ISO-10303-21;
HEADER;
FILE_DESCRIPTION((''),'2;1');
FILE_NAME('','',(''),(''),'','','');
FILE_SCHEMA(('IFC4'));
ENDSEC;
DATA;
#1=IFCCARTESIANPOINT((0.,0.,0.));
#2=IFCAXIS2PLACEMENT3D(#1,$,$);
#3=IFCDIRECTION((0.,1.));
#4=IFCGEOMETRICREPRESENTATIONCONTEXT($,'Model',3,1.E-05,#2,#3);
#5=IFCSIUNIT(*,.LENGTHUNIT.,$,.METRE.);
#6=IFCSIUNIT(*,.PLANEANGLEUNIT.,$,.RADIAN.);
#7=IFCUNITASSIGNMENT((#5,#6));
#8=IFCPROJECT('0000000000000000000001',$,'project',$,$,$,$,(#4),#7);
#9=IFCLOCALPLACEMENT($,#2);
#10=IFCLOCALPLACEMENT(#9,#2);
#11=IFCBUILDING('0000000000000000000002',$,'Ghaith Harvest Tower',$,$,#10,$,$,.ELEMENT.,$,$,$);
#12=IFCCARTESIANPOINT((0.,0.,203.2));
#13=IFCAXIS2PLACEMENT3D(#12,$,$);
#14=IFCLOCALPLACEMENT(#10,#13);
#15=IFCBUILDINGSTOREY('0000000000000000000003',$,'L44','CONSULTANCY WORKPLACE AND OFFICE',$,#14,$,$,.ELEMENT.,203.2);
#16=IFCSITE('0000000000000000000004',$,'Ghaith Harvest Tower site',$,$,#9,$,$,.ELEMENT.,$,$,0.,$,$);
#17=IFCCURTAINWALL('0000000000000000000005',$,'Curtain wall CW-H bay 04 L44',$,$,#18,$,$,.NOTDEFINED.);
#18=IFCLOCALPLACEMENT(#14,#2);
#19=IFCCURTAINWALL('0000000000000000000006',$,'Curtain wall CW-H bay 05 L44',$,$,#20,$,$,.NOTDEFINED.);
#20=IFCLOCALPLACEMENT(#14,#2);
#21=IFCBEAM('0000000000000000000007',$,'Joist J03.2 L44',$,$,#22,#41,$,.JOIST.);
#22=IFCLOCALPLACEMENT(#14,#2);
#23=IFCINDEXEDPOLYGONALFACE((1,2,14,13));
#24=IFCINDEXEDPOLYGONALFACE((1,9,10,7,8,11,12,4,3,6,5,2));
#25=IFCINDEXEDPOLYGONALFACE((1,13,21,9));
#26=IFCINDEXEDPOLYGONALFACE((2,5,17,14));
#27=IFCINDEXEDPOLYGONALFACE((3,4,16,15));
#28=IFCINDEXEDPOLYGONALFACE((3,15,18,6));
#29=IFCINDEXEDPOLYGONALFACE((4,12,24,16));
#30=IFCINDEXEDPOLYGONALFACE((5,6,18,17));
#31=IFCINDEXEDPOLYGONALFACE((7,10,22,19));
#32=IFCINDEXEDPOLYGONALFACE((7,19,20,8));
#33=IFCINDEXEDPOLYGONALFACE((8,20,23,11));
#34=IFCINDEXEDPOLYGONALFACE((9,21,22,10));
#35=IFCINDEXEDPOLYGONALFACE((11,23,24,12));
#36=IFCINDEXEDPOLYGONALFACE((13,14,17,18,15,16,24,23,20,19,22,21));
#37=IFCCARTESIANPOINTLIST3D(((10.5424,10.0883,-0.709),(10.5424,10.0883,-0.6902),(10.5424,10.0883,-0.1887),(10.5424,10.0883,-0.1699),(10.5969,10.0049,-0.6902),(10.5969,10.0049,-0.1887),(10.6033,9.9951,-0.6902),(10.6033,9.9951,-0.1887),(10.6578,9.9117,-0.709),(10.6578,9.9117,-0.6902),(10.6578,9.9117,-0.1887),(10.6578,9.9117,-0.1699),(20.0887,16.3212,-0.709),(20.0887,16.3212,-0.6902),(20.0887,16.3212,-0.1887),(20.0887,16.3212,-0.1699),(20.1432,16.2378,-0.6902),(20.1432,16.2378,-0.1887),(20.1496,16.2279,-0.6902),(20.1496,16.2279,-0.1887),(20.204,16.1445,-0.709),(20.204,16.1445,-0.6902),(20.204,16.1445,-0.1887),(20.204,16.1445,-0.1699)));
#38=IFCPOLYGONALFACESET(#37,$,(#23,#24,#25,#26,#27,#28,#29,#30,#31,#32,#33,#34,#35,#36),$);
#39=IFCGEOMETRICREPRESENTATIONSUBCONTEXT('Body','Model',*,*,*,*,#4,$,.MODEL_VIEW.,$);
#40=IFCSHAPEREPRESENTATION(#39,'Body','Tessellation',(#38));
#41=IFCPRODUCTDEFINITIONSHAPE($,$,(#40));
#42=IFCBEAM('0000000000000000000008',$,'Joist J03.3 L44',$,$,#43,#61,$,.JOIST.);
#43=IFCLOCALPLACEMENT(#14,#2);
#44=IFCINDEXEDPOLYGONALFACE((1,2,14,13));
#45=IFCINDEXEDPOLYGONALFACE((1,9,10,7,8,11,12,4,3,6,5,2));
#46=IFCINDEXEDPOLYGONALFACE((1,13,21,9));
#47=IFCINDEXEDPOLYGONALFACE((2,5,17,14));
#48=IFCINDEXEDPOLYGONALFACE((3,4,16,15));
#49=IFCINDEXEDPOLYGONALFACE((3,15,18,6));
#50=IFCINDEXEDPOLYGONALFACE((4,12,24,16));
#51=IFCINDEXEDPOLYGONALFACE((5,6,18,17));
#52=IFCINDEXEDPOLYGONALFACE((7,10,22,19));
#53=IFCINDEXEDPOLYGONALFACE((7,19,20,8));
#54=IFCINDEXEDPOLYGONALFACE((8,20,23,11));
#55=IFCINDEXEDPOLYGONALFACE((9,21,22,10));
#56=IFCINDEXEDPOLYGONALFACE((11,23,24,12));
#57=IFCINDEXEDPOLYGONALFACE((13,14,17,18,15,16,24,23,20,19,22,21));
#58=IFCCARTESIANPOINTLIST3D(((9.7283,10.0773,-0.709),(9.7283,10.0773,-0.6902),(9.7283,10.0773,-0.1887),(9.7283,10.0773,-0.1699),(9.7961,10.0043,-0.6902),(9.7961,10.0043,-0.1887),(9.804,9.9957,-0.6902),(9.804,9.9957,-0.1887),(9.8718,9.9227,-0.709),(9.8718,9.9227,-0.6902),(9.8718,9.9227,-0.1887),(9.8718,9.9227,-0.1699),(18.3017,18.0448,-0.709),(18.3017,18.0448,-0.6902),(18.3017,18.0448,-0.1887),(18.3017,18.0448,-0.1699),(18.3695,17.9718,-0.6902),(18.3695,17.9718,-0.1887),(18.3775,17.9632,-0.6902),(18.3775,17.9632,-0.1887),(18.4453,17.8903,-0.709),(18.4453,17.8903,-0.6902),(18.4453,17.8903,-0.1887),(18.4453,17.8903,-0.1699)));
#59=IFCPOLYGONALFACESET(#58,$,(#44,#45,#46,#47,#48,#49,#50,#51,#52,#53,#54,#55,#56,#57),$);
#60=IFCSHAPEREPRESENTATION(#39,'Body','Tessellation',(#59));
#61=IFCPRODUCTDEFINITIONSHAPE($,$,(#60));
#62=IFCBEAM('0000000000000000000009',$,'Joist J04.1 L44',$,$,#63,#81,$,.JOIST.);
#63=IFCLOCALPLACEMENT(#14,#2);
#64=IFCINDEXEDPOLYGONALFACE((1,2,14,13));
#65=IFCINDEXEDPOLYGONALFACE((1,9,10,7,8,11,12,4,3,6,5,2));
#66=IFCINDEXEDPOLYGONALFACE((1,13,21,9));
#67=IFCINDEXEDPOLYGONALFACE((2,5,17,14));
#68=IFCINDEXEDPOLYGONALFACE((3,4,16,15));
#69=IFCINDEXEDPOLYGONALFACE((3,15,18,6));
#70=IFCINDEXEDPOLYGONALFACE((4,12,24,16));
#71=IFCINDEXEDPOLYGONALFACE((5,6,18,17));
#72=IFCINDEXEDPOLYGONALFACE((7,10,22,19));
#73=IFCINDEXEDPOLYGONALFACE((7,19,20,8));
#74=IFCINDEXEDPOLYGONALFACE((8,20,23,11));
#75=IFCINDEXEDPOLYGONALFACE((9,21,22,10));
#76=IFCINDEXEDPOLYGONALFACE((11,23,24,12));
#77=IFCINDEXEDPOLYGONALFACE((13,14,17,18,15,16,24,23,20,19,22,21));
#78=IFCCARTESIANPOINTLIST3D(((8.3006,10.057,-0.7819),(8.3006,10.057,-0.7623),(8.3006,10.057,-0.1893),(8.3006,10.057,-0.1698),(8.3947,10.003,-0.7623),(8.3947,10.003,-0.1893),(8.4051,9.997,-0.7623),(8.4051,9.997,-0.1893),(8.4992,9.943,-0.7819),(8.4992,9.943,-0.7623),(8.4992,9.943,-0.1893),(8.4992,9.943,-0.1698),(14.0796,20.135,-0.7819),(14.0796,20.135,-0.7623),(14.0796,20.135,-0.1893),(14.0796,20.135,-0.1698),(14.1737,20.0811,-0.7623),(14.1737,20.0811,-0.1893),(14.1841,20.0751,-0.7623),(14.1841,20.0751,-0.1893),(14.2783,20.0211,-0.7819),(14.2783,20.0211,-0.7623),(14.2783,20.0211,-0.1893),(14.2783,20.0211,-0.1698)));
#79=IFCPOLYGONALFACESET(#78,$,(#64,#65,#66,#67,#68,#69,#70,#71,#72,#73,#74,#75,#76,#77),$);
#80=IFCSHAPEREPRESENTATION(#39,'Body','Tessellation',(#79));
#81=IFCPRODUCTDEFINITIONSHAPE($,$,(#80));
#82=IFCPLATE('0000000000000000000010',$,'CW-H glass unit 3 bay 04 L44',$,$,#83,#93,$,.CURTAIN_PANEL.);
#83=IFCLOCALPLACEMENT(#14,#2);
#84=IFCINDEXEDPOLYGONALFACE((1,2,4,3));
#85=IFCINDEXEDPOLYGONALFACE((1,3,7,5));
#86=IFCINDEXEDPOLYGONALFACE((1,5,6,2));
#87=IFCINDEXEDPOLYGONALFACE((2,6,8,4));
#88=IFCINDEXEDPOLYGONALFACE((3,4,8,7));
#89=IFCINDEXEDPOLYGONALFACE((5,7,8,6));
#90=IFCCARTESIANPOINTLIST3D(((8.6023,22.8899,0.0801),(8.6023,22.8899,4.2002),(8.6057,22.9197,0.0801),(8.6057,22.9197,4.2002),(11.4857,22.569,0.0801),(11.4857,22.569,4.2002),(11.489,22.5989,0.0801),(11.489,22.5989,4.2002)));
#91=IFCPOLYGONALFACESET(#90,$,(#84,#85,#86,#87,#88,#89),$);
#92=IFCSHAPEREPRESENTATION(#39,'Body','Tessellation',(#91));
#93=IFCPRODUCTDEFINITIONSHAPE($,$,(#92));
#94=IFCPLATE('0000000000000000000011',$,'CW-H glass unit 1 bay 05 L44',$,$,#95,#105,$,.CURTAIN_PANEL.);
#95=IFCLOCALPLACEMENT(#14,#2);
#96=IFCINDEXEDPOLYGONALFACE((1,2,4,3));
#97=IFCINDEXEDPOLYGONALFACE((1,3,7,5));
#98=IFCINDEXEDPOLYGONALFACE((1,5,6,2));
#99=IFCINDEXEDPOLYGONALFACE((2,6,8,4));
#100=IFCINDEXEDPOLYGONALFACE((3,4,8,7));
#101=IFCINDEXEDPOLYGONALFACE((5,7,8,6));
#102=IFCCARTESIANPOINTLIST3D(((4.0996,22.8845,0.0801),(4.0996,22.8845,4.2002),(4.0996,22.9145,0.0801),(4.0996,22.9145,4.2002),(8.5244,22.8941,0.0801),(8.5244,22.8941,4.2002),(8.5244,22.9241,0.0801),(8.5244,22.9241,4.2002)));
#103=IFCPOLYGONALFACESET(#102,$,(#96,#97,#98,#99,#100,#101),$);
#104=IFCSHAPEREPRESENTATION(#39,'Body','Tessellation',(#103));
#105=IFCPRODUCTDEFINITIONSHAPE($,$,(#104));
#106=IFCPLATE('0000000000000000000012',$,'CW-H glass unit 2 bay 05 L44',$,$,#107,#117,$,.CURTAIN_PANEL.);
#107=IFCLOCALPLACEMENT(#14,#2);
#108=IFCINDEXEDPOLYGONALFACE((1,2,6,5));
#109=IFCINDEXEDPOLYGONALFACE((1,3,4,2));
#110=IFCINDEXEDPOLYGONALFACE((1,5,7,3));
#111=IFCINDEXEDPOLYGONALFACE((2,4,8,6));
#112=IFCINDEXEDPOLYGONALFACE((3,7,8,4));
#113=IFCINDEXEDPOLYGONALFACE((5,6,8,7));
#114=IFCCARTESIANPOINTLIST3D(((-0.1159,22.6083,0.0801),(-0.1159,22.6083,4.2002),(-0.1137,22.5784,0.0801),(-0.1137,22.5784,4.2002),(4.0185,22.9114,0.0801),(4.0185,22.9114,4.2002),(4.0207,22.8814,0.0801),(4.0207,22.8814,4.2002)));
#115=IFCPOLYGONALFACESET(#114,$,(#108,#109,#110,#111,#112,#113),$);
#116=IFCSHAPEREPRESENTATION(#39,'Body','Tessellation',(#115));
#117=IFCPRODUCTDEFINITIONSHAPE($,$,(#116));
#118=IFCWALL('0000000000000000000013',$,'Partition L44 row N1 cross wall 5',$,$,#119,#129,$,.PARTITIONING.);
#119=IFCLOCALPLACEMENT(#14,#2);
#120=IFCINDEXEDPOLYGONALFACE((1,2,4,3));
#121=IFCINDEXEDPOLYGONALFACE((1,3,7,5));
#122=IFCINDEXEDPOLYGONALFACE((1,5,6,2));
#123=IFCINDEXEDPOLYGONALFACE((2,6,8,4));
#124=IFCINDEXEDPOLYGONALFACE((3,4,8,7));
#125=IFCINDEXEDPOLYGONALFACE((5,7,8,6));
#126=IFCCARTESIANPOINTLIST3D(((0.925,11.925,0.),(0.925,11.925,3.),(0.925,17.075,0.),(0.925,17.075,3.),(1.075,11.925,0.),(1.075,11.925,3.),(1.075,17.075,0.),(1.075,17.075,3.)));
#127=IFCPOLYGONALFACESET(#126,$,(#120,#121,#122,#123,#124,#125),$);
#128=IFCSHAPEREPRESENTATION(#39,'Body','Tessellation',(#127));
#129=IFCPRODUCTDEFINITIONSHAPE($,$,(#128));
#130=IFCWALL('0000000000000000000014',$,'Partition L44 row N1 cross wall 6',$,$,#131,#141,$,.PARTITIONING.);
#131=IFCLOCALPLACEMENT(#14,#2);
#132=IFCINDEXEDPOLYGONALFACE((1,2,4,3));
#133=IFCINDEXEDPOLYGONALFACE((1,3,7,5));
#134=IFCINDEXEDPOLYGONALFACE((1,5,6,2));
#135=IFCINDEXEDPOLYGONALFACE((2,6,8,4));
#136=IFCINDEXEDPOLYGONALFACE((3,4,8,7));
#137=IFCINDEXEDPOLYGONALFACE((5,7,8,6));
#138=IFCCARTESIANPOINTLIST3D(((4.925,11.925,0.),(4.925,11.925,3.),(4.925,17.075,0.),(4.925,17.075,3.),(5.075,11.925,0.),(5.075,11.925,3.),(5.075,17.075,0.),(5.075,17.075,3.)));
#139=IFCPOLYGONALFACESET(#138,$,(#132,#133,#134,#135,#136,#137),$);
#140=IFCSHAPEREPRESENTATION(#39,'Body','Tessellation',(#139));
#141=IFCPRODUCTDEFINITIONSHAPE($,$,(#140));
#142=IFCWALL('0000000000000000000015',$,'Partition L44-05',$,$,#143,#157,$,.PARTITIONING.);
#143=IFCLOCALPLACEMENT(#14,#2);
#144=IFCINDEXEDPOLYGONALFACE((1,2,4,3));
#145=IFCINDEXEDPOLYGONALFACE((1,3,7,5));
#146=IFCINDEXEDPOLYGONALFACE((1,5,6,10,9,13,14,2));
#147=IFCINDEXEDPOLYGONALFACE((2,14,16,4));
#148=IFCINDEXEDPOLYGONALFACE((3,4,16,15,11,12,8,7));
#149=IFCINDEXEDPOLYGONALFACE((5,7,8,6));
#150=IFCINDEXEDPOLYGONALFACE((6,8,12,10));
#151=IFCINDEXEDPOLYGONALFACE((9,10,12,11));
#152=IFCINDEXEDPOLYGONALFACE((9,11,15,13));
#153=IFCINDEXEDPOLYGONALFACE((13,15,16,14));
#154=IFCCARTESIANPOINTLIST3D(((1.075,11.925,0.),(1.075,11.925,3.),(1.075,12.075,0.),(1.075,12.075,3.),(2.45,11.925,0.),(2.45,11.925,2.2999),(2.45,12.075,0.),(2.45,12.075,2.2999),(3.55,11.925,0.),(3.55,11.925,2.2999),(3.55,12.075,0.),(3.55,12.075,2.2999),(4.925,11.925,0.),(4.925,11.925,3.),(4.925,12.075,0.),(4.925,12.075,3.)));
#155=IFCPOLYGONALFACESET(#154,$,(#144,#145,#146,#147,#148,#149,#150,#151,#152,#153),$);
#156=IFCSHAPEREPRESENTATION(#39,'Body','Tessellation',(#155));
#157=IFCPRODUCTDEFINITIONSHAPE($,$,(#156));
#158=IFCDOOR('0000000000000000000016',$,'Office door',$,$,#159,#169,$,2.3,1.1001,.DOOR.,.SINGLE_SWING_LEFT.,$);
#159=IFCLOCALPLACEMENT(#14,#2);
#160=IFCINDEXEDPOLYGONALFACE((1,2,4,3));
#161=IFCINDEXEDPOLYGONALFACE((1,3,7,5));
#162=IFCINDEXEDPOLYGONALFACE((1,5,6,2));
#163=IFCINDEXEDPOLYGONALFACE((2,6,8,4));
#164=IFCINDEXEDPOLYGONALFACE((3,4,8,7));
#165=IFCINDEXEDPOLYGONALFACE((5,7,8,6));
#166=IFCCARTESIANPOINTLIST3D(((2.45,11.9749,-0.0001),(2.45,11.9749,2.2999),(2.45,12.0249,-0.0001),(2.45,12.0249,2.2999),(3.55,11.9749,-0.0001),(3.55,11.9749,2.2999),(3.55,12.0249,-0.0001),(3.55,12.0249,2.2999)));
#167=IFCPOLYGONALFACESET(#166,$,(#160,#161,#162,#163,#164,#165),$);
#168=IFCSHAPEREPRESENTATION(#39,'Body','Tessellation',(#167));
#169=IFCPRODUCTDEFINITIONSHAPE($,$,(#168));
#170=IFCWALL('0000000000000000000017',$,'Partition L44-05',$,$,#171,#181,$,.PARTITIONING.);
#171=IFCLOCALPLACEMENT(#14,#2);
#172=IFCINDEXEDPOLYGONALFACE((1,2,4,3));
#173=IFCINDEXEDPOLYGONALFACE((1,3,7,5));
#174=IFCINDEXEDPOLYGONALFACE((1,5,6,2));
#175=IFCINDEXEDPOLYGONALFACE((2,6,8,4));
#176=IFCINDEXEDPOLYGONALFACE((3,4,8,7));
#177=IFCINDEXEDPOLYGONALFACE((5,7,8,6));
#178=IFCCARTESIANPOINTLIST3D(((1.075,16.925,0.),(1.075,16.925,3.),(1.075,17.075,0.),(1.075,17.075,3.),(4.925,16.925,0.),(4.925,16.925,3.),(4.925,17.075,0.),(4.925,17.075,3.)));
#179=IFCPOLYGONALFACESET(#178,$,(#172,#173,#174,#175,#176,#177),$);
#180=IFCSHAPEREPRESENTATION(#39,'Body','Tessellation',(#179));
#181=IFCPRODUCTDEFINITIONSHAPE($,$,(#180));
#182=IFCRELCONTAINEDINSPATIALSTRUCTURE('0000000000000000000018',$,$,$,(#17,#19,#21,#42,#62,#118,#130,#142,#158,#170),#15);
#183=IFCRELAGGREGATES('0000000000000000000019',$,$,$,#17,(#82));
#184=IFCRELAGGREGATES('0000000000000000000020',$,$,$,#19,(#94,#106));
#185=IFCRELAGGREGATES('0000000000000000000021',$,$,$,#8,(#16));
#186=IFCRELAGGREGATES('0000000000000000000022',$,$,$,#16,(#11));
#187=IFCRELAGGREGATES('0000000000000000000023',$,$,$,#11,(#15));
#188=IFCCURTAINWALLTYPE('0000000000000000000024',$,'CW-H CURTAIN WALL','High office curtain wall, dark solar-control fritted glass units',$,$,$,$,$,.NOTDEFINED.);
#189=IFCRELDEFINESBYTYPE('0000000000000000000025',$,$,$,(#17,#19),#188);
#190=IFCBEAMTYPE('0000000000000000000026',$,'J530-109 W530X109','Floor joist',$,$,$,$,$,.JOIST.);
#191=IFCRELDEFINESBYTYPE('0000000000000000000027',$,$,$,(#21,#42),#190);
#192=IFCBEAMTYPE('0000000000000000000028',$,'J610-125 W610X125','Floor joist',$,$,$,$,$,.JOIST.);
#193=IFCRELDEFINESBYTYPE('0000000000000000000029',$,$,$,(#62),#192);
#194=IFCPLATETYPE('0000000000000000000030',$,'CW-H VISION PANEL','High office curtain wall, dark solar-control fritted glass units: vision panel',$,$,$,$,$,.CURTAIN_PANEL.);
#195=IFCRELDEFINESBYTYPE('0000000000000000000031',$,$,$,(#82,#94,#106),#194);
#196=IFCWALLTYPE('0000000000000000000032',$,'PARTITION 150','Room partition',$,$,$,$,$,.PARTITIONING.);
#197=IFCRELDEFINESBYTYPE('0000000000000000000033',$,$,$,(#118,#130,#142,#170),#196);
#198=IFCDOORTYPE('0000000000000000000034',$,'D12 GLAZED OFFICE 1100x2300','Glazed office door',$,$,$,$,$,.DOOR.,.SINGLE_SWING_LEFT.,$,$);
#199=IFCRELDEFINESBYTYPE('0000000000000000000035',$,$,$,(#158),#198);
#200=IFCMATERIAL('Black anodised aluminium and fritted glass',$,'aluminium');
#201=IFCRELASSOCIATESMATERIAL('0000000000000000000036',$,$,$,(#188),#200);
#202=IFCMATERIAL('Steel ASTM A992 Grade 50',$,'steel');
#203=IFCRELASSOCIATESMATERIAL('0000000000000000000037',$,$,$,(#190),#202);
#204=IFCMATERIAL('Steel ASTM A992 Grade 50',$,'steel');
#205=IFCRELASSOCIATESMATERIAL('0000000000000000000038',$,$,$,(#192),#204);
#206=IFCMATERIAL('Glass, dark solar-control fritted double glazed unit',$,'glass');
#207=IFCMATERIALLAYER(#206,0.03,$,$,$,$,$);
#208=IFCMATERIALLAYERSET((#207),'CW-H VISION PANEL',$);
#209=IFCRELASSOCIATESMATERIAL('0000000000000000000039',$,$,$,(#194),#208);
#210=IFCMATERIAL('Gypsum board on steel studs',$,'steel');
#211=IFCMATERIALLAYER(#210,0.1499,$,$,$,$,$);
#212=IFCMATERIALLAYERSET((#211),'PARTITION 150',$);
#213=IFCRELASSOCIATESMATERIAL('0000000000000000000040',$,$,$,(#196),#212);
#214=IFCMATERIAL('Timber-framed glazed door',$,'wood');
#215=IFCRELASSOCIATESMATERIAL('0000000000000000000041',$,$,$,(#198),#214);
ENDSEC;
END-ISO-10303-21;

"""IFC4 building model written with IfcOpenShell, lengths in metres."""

from ifc_helpers import new_model, si_unit, direction, frame, frame_2d, origin, origin_2d, place, context, subcontext, project, spatial, rectangle, i_section, extrude, material, layer, layer_set, material_profile, profile_set, type_object, element, fill, aggregate, save


model = new_model("IFC4")

# Units and contexts
model_context = context("Model", 3, precision=1e-05, world=origin(), true_north=direction((0.0, 1.0)))
body_context = subcontext(model_context, "Body", "Model", "MODEL_VIEW")
ifc_project = project(units=[si_unit("LENGTHUNIT", "METRE"), si_unit("PLANEANGLEUNIT", "RADIAN")], contexts=[model_context])

# Site, building, storey
site_placement = place(None, origin())
site = spatial("IfcSite", under=ifc_project, at=site_placement, Name="Ghaith Harvest Tower site", CompositionType="ELEMENT", RefElevation=0.0)
building_placement = place(site_placement, origin())
building = spatial("IfcBuilding", under=site, at=building_placement, Name="Ghaith Harvest Tower", CompositionType="ELEMENT")
storey_placement = place(building_placement, frame((0.0, 0.0, 203.2)))
storey = spatial("IfcBuildingStorey", under=building, at=storey_placement, Name="L44", Description="CONSULTANCY WORKPLACE AND OFFICE", CompositionType="ELEMENT", Elevation=203.2)

# Curtain wall
ifc_material_1 = material(Name="Black anodised aluminium and fritted glass", Category="aluminium")
curtain_wall_type = type_object("IfcCurtainWallType", Name="CW-H CURTAIN WALL", Description="High office curtain wall, dark solar-control fritted glass units", PredefinedType="NOTDEFINED", material=ifc_material_1)
curtain_wall_1_placement = place(storey_placement, origin())
curtain_wall_1 = element("IfcCurtainWall", 1, at=curtain_wall_1_placement, inside=storey, type_object=curtain_wall_type, Name="Curtain wall CW-H bay 04 L44", PredefinedType="NOTDEFINED")

# Curtain wall
curtain_wall_2_placement = place(storey_placement, origin())
curtain_wall_2 = element("IfcCurtainWall", 2, at=curtain_wall_2_placement, inside=storey, type_object=curtain_wall_type, Name="Curtain wall CW-H bay 05 L44", PredefinedType="NOTDEFINED")

# Beams
ifc_material_2 = material(Name="Steel ASTM A992 Grade 50", Category="steel")
ifc_material_profile_1 = material_profile(ifc_material_2, i_section(OverallWidth=0.2109, OverallDepth=0.5391, WebThickness=0.0117, FlangeThickness=0.0188, at=origin_2d()), Name="W530X109")
ifc_profile_set_1 = profile_set([ifc_material_profile_1], Name="Steel ASTM A992 Grade 50")
beam_type_1 = type_object("IfcBeamType", Name="J530-109 W530X109", Description="Floor joist", PredefinedType="JOIST", material=ifc_profile_set_1)
beam_1_placement = place(storey_placement, frame((10.6001, 10.0, -0.4395), z_axis=(0.837329, 0.546699, 0.0), x_axis=(-0.546699, 0.837329, 0.0)))
element("IfcBeam", 3, at=beam_1_placement, inside=storey, type_object=beam_type_1, Name="Joist J03.2 L44", PredefinedType="JOIST", context=body_context, shape_type="SweptSolid", body=[
    extrude(i_section(OverallWidth=0.2109, OverallDepth=0.5391, WebThickness=0.0117, FlangeThickness=0.0188, at=origin_2d()), origin(), (0.0, 0.0, 1.0), 11.4009),
])
beam_2_placement = place(storey_placement, frame((9.8, 10.0, -0.4395), z_axis=(0.732519, 0.680746, 0.0), x_axis=(-0.680746, 0.732519, 0.0)))
element("IfcBeam", 4, at=beam_2_placement, inside=storey, type_object=beam_type_1, Name="Joist J03.3 L44", PredefinedType="JOIST", context=body_context, shape_type="SweptSolid", body=[
    extrude(i_section(OverallWidth=0.2109, OverallDepth=0.5391, WebThickness=0.0117, FlangeThickness=0.0188, at=origin_2d()), origin(), (0.0, 0.0, 1.0), 11.7041),
])
ifc_material_3 = material(Name="Steel ASTM A992 Grade 50", Category="steel")
ifc_material_profile_2 = material_profile(ifc_material_3, i_section(OverallWidth=0.229, OverallDepth=0.6121, WebThickness=0.012, FlangeThickness=0.0195, at=origin_2d()), Name="W610X125")
ifc_profile_set_2 = profile_set([ifc_material_profile_2], Name="Steel ASTM A992 Grade 50")
beam_type_2 = type_object("IfcBeamType", Name="J610-125 W610X125", Description="Floor joist", PredefinedType="JOIST", material=ifc_profile_set_2)
beam_3_placement = place(storey_placement, frame((8.3999, 10.0, -0.4758), z_axis=(0.497444, 0.867496, 0.0), x_axis=(-0.867496, 0.497444, 0.0)))
element("IfcBeam", 5, at=beam_3_placement, inside=storey, type_object=beam_type_2, Name="Joist J04.1 L44", PredefinedType="JOIST", context=body_context, shape_type="SweptSolid", body=[
    extrude(i_section(OverallWidth=0.229, OverallDepth=0.6121, WebThickness=0.012, FlangeThickness=0.0195, at=origin_2d()), origin(), (0.0, 0.0, 1.0), 11.6174),
])

# Plates
ifc_material_4 = material(Name="Glass, dark solar-control fritted double glazed unit", Category="glass")
ifc_layer_1 = layer(ifc_material_4, 0.03)
ifc_layer_set_1 = layer_set([ifc_layer_1], Name="CW-H VISION PANEL")
plate_type = type_object("IfcPlateType", Name="CW-H VISION PANEL", Description="High office curtain wall, dark solar-control fritted glass units: vision panel", PredefinedType="CURTAIN_PANEL", material=ifc_layer_set_1)
plate_1_placement = place(storey_placement, frame((10.0457, 22.7444, 0.0801), z_axis=(0.0, 0.0, 1.0), x_axis=(-0.993865, 0.110598, 0.0)))
plate_1 = element("IfcPlate", 6, at=plate_1_placement, type_object=plate_type, Name="CW-H glass unit 3 bay 04 L44", PredefinedType="CURTAIN_PANEL", context=body_context, shape_type="SweptSolid", body=[
    extrude(rectangle(XDim=2.9011, YDim=0.03, at=origin_2d()), origin(), (0.0, 0.0, 1.0), 4.1201),
])
aggregate(curtain_wall_1, [plate_1])
plate_2_placement = place(storey_placement, frame((6.312, 22.9043, 0.0801), z_axis=(0.0, 0.0, 1.0), x_axis=(-0.999998, -0.002171, 0.0)))
plate_2 = element("IfcPlate", 7, at=plate_2_placement, type_object=plate_type, Name="CW-H glass unit 1 bay 05 L44", PredefinedType="CURTAIN_PANEL", context=body_context, shape_type="SweptSolid", body=[
    extrude(rectangle(XDim=4.4248, YDim=0.03, at=origin_2d()), origin(), (0.0, 0.0, 1.0), 4.1201),
])
plate_3_placement = place(storey_placement, frame((1.9524, 22.7449, 0.0801), z_axis=(0.0, 0.0, 1.0), x_axis=(-0.997325, -0.073101, 0.0)))
plate_3 = element("IfcPlate", 8, at=plate_3_placement, type_object=plate_type, Name="CW-H glass unit 2 bay 05 L44", PredefinedType="CURTAIN_PANEL", context=body_context, shape_type="SweptSolid", body=[
    extrude(rectangle(XDim=4.1455, YDim=0.03, at=origin_2d()), origin(), (0.0, 0.0, 1.0), 4.1201),
])
aggregate(curtain_wall_2, [plate_2, plate_3])

# Walls
ifc_material_5 = material(Name="Gypsum board on steel studs", Category="steel")
ifc_layer_2 = layer(ifc_material_5, 0.1499)
ifc_layer_set_2 = layer_set([ifc_layer_2], Name="PARTITION 150")
wall_type = type_object("IfcWallType", Name="PARTITION 150", Description="Room partition", PredefinedType="PARTITIONING", material=ifc_layer_set_2)
for number, where, z_axis, x_axis, name in (
    (9, (1.0, 11.925, 0.0), (0.0, 0.0, 1.0), (0.0, 1.0, 0.0), "Partition L44 row N1 cross wall 5"),
    (10, (5.0, 11.925, 0.0), (0.0, 0.0, 1.0), (0.0, 1.0, 0.0), "Partition L44 row N1 cross wall 6"),
):
    element("IfcWall", number, at=place(storey_placement, frame(where, z_axis=z_axis, x_axis=x_axis)), inside=storey, type_object=wall_type, Name=name, PredefinedType="PARTITIONING", context=body_context, shape_type="SweptSolid", body=[
        extrude(rectangle(XDim=5.1499, YDim=0.1499, at=frame_2d((2.575, 0.0))), origin(), (0.0, 0.0, 1.0), 3.0),
    ])

# Wall, opening, door
wall_1_placement = place(storey_placement, frame((1.075, 12.0, 0.0), z_axis=(0.0, 0.0, 1.0), x_axis=(1.0, 0.0, 0.0)))
wall_1 = element("IfcWall", 11, at=wall_1_placement, inside=storey, type_object=wall_type, Name="Partition L44-05", PredefinedType="PARTITIONING", context=body_context, shape_type="SweptSolid", body=[
    extrude(rectangle(XDim=3.8501, YDim=0.1499, at=frame_2d((1.925, 0.0))), origin(), (0.0, 0.0, 1.0), 3.0),
])
opening_1_placement = place(wall_1_placement, frame((1.375, 0.0, 0.0)))
opening_1 = element("IfcOpeningElement", 12, at=opening_1_placement, cuts=wall_1, PredefinedType="OPENING", context=body_context, shape_type="SweptSolid", body=[
    extrude(rectangle(XDim=1.1001, YDim=2.3, at=frame_2d((0.55, 1.1499))), frame((0.0, 0.085, 0.0), z_axis=(0.0, -1.0, 0.0), x_axis=(1.0, 0.0, 0.0)), (0.0, 0.0, 1.0), 0.1699),
])
ifc_material_6 = material(Name="Timber-framed glazed door", Category="wood")
door_type = type_object("IfcDoorType", Name="D12 GLAZED OFFICE 1100x2300", Description="Glazed office door", OperationType="SINGLE_SWING_LEFT", PredefinedType="DOOR", material=ifc_material_6)
door_1_placement = place(opening_1_placement, origin())
door_1 = element("IfcDoor", 13, at=door_1_placement, inside=storey, type_object=door_type, Name="Office door", OperationType="SINGLE_SWING_LEFT", OverallHeight=2.3, OverallWidth=1.1001, PredefinedType="DOOR", context=body_context, shape_type="SweptSolid", body=[
    extrude(rectangle(XDim=1.1001, YDim=2.3, at=frame_2d((0.55, 1.1499))), frame((0.0, 0.0249, 0.0), z_axis=(0.0, -1.0, 0.0), x_axis=(1.0, 0.0, 0.0)), (0.0, 0.0, 1.0), 0.05),
])
fill(opening_1, door_1)

# Wall
wall_2_placement = place(storey_placement, frame((1.075, 17.0, 0.0), z_axis=(0.0, 0.0, 1.0), x_axis=(1.0, 0.0, 0.0)))
element("IfcWall", 14, at=wall_2_placement, inside=storey, type_object=wall_type, Name="Partition L44-05", PredefinedType="PARTITIONING", context=body_context, shape_type="SweptSolid", body=[
    extrude(rectangle(XDim=3.8501, YDim=0.1499, at=frame_2d((1.925, 0.0))), origin(), (0.0, 0.0, 1.0), 3.0),
])

save(model, "model.ifc")
